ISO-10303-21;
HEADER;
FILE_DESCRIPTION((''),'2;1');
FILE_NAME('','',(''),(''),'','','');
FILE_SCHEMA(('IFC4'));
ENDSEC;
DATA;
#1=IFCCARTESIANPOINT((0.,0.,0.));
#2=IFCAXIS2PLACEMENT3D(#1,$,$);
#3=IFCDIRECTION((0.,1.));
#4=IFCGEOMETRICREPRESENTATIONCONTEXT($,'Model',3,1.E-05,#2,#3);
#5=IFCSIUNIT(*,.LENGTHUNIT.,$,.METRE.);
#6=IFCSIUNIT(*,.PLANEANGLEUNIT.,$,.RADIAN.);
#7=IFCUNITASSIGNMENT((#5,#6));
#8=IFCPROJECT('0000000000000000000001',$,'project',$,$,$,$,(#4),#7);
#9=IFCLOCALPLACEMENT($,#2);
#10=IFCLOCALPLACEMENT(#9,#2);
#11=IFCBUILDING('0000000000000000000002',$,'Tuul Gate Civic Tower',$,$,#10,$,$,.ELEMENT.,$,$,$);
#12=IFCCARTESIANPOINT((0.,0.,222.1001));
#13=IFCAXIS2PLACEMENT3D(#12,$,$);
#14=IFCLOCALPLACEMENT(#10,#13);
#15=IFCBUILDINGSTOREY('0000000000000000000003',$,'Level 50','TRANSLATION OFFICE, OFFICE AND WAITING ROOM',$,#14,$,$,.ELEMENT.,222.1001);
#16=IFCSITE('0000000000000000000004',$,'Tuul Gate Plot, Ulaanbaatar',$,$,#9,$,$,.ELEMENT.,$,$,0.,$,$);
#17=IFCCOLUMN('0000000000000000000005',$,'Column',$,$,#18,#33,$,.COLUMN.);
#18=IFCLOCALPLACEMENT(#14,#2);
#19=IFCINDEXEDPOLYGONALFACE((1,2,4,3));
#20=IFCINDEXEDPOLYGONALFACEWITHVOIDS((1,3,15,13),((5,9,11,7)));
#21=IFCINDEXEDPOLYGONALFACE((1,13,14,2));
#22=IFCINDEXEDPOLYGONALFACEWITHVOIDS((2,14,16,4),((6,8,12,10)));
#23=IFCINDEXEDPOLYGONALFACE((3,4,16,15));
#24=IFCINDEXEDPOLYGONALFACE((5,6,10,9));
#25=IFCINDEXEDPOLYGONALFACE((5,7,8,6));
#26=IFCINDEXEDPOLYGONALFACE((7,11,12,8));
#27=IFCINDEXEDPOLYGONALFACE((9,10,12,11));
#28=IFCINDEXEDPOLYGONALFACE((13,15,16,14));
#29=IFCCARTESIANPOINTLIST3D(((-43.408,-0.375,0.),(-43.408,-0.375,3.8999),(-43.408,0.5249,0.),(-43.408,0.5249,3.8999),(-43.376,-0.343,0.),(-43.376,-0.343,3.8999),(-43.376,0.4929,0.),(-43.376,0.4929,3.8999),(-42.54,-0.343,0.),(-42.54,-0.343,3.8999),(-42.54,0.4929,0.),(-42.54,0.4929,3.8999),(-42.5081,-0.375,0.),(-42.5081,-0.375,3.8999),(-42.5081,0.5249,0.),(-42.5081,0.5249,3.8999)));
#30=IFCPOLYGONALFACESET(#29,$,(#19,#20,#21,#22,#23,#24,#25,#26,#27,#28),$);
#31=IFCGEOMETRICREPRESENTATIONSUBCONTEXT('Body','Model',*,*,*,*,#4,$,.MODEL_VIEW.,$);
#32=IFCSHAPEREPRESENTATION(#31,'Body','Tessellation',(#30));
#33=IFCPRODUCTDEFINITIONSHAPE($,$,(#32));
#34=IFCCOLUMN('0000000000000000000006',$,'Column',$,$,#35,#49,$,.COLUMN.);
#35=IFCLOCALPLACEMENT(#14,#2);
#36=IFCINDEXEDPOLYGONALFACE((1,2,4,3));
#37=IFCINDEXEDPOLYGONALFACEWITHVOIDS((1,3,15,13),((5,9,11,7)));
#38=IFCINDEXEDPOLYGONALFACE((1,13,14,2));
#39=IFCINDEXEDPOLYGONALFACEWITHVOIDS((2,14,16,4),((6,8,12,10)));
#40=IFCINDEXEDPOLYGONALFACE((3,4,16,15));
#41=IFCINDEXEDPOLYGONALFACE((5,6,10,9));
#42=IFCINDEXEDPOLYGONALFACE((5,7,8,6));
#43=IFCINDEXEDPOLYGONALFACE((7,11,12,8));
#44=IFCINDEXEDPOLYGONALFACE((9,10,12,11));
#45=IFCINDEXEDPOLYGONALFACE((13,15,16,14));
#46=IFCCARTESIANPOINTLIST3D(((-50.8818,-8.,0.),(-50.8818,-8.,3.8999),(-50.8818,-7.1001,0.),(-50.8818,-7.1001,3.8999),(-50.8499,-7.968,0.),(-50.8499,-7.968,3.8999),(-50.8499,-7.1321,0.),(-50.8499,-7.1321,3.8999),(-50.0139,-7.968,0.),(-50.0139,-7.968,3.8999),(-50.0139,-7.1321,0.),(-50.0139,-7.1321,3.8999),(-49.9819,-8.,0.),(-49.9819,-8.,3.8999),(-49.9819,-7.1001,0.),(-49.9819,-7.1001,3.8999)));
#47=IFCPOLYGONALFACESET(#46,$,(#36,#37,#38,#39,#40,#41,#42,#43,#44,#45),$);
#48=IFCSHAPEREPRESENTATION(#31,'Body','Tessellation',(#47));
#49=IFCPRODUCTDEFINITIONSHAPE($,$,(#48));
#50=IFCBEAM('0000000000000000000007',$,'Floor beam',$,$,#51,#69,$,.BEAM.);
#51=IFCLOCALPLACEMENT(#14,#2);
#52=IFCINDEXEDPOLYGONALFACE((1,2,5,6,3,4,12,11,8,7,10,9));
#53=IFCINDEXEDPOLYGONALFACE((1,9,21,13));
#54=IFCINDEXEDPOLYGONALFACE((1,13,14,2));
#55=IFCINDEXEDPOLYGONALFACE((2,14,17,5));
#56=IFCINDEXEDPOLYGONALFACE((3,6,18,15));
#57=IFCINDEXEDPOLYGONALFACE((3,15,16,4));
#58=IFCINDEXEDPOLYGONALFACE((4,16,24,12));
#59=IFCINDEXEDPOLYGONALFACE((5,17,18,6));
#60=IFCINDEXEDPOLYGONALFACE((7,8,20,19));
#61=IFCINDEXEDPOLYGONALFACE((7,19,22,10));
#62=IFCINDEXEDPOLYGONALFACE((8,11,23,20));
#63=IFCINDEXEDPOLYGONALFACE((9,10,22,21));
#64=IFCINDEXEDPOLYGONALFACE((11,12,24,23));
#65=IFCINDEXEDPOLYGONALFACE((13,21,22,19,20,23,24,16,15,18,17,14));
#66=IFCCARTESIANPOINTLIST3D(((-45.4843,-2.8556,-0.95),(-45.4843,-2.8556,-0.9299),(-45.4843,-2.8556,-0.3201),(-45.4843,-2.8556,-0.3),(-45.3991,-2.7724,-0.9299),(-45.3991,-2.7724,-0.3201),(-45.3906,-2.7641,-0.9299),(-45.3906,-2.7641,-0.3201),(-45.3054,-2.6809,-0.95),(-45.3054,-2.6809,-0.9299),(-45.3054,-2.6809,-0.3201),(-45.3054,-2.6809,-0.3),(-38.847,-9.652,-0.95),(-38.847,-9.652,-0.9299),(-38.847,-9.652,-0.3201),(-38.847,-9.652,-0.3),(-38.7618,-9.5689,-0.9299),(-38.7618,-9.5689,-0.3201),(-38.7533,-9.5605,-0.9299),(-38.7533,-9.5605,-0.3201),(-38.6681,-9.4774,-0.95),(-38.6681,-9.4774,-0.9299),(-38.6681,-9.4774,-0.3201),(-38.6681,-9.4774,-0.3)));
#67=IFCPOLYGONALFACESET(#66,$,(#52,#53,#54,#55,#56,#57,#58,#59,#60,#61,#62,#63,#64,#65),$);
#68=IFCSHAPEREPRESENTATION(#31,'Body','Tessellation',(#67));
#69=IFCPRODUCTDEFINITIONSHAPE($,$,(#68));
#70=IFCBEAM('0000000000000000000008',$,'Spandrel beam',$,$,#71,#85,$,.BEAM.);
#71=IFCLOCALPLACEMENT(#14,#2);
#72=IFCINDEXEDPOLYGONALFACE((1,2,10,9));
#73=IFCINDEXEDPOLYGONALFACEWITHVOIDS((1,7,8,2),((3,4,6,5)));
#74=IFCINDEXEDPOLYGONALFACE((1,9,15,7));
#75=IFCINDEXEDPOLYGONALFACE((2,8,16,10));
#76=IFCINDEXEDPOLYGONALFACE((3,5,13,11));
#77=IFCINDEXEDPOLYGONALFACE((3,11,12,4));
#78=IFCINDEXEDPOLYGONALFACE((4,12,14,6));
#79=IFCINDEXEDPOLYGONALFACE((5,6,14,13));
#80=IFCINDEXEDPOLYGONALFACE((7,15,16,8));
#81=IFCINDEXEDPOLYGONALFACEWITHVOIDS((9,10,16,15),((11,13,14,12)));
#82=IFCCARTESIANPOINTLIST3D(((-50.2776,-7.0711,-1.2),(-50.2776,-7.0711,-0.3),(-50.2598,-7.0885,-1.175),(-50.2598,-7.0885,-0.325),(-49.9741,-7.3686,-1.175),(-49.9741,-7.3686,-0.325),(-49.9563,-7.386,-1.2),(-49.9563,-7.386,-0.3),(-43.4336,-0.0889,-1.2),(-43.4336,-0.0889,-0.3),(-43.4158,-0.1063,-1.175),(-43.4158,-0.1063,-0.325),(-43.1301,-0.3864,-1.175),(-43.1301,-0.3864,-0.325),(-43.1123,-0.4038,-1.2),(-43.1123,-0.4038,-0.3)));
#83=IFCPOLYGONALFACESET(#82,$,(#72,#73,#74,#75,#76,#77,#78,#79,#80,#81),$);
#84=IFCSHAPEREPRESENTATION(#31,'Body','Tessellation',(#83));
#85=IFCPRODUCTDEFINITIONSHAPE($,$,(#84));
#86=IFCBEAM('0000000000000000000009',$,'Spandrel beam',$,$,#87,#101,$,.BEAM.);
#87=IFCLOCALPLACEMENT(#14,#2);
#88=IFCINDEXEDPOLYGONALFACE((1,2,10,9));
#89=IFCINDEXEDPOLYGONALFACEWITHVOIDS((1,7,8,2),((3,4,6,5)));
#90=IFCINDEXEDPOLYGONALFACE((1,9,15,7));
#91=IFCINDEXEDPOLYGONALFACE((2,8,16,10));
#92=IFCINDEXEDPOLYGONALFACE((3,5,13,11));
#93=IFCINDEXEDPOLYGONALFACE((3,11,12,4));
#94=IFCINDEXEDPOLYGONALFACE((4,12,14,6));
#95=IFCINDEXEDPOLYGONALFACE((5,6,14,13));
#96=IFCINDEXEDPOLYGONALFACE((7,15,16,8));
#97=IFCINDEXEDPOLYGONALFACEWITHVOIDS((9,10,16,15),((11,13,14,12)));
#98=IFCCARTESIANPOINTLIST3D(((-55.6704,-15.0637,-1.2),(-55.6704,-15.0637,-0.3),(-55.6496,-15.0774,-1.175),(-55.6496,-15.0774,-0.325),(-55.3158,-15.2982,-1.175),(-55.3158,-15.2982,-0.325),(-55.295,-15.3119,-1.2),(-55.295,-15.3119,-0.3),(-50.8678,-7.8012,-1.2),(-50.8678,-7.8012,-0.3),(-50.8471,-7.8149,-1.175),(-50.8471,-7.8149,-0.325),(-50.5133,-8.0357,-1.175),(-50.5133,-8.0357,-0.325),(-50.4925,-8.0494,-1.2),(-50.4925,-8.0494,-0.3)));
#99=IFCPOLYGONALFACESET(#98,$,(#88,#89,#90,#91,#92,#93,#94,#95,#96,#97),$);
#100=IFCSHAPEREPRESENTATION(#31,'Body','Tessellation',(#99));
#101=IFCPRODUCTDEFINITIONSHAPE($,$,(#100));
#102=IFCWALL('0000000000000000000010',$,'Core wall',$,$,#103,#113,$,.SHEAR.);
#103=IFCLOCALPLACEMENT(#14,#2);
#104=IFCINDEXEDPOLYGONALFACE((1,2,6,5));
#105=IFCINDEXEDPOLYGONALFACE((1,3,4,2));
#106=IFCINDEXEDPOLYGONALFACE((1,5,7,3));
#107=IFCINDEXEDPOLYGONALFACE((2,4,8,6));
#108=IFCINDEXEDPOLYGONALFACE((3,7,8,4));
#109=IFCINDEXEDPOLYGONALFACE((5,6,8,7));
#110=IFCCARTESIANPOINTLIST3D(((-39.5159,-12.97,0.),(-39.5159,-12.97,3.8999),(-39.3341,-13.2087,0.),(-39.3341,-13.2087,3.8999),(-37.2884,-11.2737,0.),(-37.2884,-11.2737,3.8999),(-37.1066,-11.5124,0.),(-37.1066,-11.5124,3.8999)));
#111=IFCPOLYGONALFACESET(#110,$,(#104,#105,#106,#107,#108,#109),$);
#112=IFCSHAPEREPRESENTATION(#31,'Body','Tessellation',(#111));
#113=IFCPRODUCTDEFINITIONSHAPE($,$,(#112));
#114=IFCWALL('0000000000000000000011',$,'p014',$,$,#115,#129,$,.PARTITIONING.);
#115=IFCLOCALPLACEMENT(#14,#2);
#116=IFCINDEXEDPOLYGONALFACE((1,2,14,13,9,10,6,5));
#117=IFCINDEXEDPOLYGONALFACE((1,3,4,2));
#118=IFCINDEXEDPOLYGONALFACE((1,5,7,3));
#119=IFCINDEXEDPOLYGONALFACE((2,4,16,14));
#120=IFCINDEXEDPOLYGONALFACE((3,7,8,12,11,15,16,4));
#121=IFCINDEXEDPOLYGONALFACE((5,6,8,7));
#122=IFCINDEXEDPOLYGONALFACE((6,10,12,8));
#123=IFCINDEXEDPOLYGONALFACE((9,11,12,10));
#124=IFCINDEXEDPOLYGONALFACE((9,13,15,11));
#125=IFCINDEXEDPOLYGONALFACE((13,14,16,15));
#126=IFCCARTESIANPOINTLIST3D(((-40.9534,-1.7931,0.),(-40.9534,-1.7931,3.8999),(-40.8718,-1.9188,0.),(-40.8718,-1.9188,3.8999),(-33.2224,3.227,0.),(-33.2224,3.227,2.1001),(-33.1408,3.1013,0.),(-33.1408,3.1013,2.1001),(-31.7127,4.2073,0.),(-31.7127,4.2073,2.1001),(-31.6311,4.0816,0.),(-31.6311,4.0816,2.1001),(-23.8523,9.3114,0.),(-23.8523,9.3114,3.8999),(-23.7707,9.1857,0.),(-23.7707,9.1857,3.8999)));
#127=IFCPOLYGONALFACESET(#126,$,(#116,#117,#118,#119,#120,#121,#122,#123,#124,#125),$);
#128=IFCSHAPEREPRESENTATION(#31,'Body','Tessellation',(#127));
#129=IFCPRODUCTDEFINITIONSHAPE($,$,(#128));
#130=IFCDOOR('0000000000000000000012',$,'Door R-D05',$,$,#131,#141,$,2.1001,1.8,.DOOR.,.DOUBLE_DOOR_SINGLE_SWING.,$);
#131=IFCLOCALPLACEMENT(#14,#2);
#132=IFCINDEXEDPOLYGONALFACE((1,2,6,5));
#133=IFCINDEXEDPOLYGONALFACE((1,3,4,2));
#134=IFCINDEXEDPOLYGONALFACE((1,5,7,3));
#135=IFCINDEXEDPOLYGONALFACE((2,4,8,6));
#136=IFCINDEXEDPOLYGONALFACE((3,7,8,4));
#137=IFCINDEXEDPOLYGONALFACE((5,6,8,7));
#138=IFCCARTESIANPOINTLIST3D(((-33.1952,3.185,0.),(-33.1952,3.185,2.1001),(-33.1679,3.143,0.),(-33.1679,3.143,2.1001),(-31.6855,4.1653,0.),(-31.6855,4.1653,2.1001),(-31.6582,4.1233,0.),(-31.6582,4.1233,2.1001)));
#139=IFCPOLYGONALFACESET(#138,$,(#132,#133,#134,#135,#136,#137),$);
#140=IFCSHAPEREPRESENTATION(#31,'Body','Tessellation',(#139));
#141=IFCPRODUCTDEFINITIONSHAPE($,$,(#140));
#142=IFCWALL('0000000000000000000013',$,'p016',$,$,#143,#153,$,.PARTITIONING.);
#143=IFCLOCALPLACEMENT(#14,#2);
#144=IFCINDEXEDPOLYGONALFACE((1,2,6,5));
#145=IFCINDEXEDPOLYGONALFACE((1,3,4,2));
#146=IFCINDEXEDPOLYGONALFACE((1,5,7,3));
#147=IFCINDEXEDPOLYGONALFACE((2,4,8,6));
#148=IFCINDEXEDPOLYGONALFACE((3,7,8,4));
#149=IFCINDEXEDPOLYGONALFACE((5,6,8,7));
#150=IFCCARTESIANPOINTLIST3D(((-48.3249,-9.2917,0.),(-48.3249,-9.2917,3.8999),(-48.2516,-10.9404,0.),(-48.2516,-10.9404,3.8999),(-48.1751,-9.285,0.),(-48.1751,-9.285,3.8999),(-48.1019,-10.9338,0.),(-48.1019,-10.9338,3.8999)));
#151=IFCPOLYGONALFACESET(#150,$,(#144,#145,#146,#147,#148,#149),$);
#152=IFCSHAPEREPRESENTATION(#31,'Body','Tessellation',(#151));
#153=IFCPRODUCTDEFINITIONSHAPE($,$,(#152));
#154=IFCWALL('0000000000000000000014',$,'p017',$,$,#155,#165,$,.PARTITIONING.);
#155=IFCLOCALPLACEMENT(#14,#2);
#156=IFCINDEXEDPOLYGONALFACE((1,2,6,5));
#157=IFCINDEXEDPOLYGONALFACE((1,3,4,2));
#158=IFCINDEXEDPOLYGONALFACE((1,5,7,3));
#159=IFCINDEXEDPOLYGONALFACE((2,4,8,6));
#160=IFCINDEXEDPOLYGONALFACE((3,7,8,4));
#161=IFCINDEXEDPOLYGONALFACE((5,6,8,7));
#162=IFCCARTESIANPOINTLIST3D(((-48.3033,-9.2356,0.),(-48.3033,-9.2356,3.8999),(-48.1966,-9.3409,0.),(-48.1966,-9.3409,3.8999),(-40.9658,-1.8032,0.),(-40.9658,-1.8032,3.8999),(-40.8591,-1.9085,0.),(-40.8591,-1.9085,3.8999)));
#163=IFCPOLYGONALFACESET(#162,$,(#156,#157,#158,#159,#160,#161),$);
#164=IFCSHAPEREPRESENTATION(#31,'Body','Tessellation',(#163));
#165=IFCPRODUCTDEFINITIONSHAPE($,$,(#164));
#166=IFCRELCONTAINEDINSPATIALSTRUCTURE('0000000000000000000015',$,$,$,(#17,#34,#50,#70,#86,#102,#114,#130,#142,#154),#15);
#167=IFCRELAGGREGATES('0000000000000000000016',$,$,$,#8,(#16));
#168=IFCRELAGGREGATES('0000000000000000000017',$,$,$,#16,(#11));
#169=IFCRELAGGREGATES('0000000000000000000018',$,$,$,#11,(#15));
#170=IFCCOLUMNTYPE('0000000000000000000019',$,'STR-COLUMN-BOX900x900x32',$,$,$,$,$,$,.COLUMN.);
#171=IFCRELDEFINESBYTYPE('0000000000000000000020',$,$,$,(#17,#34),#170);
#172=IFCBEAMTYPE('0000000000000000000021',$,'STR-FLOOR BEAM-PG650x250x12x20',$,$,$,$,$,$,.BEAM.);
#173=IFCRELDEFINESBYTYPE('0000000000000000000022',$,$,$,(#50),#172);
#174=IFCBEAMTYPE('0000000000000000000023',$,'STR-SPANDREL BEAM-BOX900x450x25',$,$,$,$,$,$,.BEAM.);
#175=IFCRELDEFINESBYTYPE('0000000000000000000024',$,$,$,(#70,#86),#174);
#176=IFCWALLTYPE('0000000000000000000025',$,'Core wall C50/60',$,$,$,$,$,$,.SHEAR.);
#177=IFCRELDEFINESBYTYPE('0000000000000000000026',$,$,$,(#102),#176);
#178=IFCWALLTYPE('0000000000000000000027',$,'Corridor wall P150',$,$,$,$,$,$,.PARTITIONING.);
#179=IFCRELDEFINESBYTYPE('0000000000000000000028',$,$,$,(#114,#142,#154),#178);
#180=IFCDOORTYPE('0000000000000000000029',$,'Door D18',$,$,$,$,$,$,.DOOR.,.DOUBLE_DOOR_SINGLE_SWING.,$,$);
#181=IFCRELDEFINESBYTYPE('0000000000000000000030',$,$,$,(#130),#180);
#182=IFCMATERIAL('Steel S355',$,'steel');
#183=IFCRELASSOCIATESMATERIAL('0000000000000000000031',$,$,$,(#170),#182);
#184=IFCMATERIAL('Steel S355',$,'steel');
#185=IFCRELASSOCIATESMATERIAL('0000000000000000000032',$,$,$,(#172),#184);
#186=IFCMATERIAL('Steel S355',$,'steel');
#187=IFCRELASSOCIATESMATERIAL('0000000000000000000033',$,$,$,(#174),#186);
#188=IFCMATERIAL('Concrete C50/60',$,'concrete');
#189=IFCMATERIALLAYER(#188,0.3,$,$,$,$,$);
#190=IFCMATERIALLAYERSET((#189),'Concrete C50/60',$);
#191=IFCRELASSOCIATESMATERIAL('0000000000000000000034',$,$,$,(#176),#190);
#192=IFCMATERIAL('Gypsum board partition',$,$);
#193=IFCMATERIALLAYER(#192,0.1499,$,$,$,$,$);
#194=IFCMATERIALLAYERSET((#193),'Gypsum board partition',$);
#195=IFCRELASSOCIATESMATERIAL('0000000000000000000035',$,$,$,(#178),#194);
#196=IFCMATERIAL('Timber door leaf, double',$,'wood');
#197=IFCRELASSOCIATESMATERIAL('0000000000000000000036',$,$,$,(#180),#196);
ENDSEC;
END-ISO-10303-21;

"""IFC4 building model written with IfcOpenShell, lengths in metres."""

from ifc_helpers import new_model, si_unit, direction, frame, frame_2d, origin, origin_2d, place, context, subcontext, project, spatial, rectangle, hollow_rectangle, i_section, extrude, material, layer, layer_set, material_profile, profile_set, type_object, element, fill, save


model = new_model("IFC4")

# Units and contexts
model_context = context("Model", 3, precision=1e-05, world=origin(), true_north=direction((0.0, 1.0)))
body_context = subcontext(model_context, "Body", "Model", "MODEL_VIEW")
ifc_project = project(units=[si_unit("LENGTHUNIT", "METRE"), si_unit("PLANEANGLEUNIT", "RADIAN")], contexts=[model_context])

# Site, building, storey
site_placement = place(None, origin())
site = spatial("IfcSite", under=ifc_project, at=site_placement, Name="Tuul Gate Plot, Ulaanbaatar", CompositionType="ELEMENT", RefElevation=0.0)
building_placement = place(site_placement, origin())
building = spatial("IfcBuilding", under=site, at=building_placement, Name="Tuul Gate Civic Tower", CompositionType="ELEMENT")
storey_placement = place(building_placement, frame((0.0, 0.0, 222.1001)))
storey = spatial("IfcBuildingStorey", under=building, at=storey_placement, Name="Level 50", Description="TRANSLATION OFFICE, OFFICE AND WAITING ROOM", CompositionType="ELEMENT", Elevation=222.1001)

# Columns
ifc_material_1 = material(Name="Steel S355", Category="steel")
ifc_material_profile_1 = material_profile(ifc_material_1, hollow_rectangle(XDim=0.8999, YDim=0.8999, WallThickness=0.032, at=origin_2d()), Name="BOX900x900x32")
ifc_profile_set_1 = profile_set([ifc_material_profile_1], Name="Steel S355")
column_type = type_object("IfcColumnType", Name="STR-COLUMN-BOX900x900x32", PredefinedType="COLUMN", material=ifc_profile_set_1)
for number, where, z_axis, x_axis, name in (
    (1, (-42.958, 0.075, 0.0), (0.0, 0.0, 1.0), (1.0, 0.0, 0.0), "Column"),
    (2, (-50.4319, -7.55, 0.0), (0.0, 0.0, 1.0), (1.0, 0.0, 0.0), "Column"),
):
    element("IfcColumn", number, at=place(storey_placement, frame(where, z_axis=z_axis, x_axis=x_axis)), inside=storey, type_object=column_type, Name=name, PredefinedType="COLUMN", context=body_context, shape_type="SweptSolid", body=[
        extrude(hollow_rectangle(XDim=0.8999, YDim=0.8999, WallThickness=0.032, at=origin_2d()), origin(), (0.0, 0.0, 1.0), 3.8999),
    ])

# Beams
ifc_material_2 = material(Name="Steel S355", Category="steel")
ifc_material_profile_2 = material_profile(ifc_material_2, i_section(OverallWidth=0.25, OverallDepth=0.6499, WebThickness=0.012, FlangeThickness=0.02, at=origin_2d()), Name="PG650x250x12x20")
ifc_profile_set_2 = profile_set([ifc_material_profile_2], Name="Steel S355")
beam_type_1 = type_object("IfcBeamType", Name="STR-FLOOR BEAM-PG650x250x12x20", PredefinedType="BEAM", material=ifc_profile_set_2)
beam_1_placement = place(storey_placement, frame((-38.7576, -9.5647, -0.625), z_axis=(-0.698679, 0.715435, 0.0), x_axis=(-0.715435, -0.698679, 0.0)))
element("IfcBeam", 3, at=beam_1_placement, inside=storey, type_object=beam_type_1, Name="Floor beam", PredefinedType="BEAM", context=body_context, shape_type="SweptSolid", body=[
    extrude(i_section(OverallWidth=0.25, OverallDepth=0.6499, WebThickness=0.012, FlangeThickness=0.02, at=origin_2d()), origin(), (0.0, 0.0, 1.0), 9.4998),
])
ifc_material_3 = material(Name="Steel S355", Category="steel")
ifc_material_profile_3 = material_profile(ifc_material_3, hollow_rectangle(XDim=0.45, YDim=0.8999, WallThickness=0.0249, at=origin_2d()), Name="BOX900x450x25")
ifc_profile_set_3 = profile_set([ifc_material_profile_3], Name="Steel S355")
beam_type_2 = type_object("IfcBeamType", Name="STR-SPANDREL BEAM-BOX900x450x25", PredefinedType="BEAM", material=ifc_profile_set_3)
beam_2_placement = place(storey_placement, frame((-43.2729, -0.2463, -0.75), z_axis=(-0.700005, -0.714138, 0.0), x_axis=(0.714138, -0.700005, 0.0)))
element("IfcBeam", 4, at=beam_2_placement, inside=storey, type_object=beam_type_2, Name="Spandrel beam", PredefinedType="BEAM", context=body_context, shape_type="SweptSolid", body=[
    extrude(hollow_rectangle(XDim=0.45, YDim=0.8999, WallThickness=0.0249, at=origin_2d()), origin(), (0.0, 0.0, 1.0), 9.7771),
])
beam_3_placement = place(storey_placement, frame((-50.6802, -7.9253, -0.75), z_axis=(-0.551584, -0.834119, 0.0), x_axis=(0.834119, -0.551584, 0.0)))
element("IfcBeam", 5, at=beam_3_placement, inside=storey, type_object=beam_type_2, Name="Spandrel beam", PredefinedType="BEAM", context=body_context, shape_type="SweptSolid", body=[
    extrude(hollow_rectangle(XDim=0.45, YDim=0.8999, WallThickness=0.0249, at=origin_2d()), origin(), (0.0, 0.0, 1.0), 8.7068),
])

# Wall
ifc_material_4 = material(Name="Concrete C50/60", Category="concrete")
ifc_layer_1 = layer(ifc_material_4, 0.3)
ifc_layer_set_1 = layer_set([ifc_layer_1], Name="Concrete C50/60")
wall_type_1 = type_object("IfcWallType", Name="Core wall C50/60", PredefinedType="SHEAR", material=ifc_layer_set_1)
wall_1_placement = place(storey_placement, frame((-37.1975, -11.3931, 0.0), z_axis=(0.0, 0.0, 1.0), x_axis=(-0.795584, -0.605844, 0.0)))
element("IfcWall", 6, at=wall_1_placement, inside=storey, type_object=wall_type_1, Name="Core wall", PredefinedType="SHEAR", context=body_context, shape_type="SweptSolid", body=[
    extrude(rectangle(XDim=2.7998, YDim=0.3, at=frame_2d((1.3999, 0.0))), origin(), (0.0, 0.0, 1.0), 3.8999),
])

# Wall, opening, door
ifc_material_5 = material(Name="Gypsum board partition")
ifc_layer_2 = layer(ifc_material_5, 0.1499)
ifc_layer_set_2 = layer_set([ifc_layer_2], Name="Gypsum board partition")
wall_type_2 = type_object("IfcWallType", Name="Corridor wall P150", PredefinedType="PARTITIONING", material=ifc_layer_set_2)
wall_2_placement = place(storey_placement, frame((-40.9126, -1.856, 0.0), z_axis=(0.0, 0.0, 1.0), x_axis=(0.838695, 0.544602, 0.0)))
wall_2 = element("IfcWall", 7, at=wall_2_placement, inside=storey, type_object=wall_type_2, Name="p014", PredefinedType="PARTITIONING", context=body_context, shape_type="SweptSolid", body=[
    extrude(rectangle(XDim=20.3901, YDim=0.1499, at=frame_2d((10.1951, 0.0))), origin(), (0.0, 0.0, 1.0), 3.8999),
])
opening_1_placement = place(wall_2_placement, frame((9.218, 0.0, 0.0)))
opening_1 = element("IfcOpeningElement", 8, at=opening_1_placement, cuts=wall_2, PredefinedType="OPENING", context=body_context, shape_type="SweptSolid", body=[
    extrude(rectangle(XDim=1.8, YDim=2.1001, at=frame_2d((0.8999, 1.05))), frame((0.0, 0.085, 0.0), z_axis=(0.0, -1.0, 0.0), x_axis=(1.0, 0.0, 0.0)), (0.0, 0.0, 1.0), 0.1699),
])
ifc_material_6 = material(Name="Timber door leaf, double", Category="wood")
door_type_1 = type_object("IfcDoorType", Name="Door D18", OperationType="DOUBLE_DOOR_SINGLE_SWING", PredefinedType="DOOR", material=ifc_material_6)
door_1_placement = place(opening_1_placement, origin())
door_1 = element("IfcDoor", 9, at=door_1_placement, inside=storey, type_object=door_type_1, Name="Door R-D05", OperationType="DOUBLE_DOOR_SINGLE_SWING", OverallHeight=2.1001, OverallWidth=1.8, PredefinedType="DOOR", context=body_context, shape_type="SweptSolid", body=[
    extrude(rectangle(XDim=1.8, YDim=2.1001, at=frame_2d((0.8999, 1.05))), frame((0.0, 0.0249, 0.0), z_axis=(0.0, -1.0, 0.0), x_axis=(1.0, 0.0, 0.0)), (0.0, 0.0, 1.0), 0.05),
])
fill(opening_1, door_1)

# Walls
wall_3_placement = place(storey_placement, frame((-48.25, -9.2883, 0.0), z_axis=(0.0, 0.0, 1.0), x_axis=(0.044381, -0.999015, 0.0)))
element("IfcWall", 10, at=wall_3_placement, inside=storey, type_object=wall_type_2, Name="p016", PredefinedType="PARTITIONING", context=body_context, shape_type="SweptSolid", body=[
    extrude(rectangle(XDim=1.6504, YDim=0.1499, at=frame_2d((0.8252, 0.0))), origin(), (0.0, 0.0, 1.0), 3.8999),
])
wall_4_placement = place(storey_placement, frame((-48.25, -9.2883, 0.0), z_axis=(0.0, 0.0, 1.0), x_axis=(0.702546, 0.711639, 0.0)))
element("IfcWall", 11, at=wall_4_placement, inside=storey, type_object=wall_type_2, Name="p017", PredefinedType="PARTITIONING", context=body_context, shape_type="SweptSolid", body=[
    extrude(rectangle(XDim=10.4441, YDim=0.1499, at=frame_2d((5.2222, 0.0))), origin(), (0.0, 0.0, 1.0), 3.8999),
])

save(model, "model.ifc")
